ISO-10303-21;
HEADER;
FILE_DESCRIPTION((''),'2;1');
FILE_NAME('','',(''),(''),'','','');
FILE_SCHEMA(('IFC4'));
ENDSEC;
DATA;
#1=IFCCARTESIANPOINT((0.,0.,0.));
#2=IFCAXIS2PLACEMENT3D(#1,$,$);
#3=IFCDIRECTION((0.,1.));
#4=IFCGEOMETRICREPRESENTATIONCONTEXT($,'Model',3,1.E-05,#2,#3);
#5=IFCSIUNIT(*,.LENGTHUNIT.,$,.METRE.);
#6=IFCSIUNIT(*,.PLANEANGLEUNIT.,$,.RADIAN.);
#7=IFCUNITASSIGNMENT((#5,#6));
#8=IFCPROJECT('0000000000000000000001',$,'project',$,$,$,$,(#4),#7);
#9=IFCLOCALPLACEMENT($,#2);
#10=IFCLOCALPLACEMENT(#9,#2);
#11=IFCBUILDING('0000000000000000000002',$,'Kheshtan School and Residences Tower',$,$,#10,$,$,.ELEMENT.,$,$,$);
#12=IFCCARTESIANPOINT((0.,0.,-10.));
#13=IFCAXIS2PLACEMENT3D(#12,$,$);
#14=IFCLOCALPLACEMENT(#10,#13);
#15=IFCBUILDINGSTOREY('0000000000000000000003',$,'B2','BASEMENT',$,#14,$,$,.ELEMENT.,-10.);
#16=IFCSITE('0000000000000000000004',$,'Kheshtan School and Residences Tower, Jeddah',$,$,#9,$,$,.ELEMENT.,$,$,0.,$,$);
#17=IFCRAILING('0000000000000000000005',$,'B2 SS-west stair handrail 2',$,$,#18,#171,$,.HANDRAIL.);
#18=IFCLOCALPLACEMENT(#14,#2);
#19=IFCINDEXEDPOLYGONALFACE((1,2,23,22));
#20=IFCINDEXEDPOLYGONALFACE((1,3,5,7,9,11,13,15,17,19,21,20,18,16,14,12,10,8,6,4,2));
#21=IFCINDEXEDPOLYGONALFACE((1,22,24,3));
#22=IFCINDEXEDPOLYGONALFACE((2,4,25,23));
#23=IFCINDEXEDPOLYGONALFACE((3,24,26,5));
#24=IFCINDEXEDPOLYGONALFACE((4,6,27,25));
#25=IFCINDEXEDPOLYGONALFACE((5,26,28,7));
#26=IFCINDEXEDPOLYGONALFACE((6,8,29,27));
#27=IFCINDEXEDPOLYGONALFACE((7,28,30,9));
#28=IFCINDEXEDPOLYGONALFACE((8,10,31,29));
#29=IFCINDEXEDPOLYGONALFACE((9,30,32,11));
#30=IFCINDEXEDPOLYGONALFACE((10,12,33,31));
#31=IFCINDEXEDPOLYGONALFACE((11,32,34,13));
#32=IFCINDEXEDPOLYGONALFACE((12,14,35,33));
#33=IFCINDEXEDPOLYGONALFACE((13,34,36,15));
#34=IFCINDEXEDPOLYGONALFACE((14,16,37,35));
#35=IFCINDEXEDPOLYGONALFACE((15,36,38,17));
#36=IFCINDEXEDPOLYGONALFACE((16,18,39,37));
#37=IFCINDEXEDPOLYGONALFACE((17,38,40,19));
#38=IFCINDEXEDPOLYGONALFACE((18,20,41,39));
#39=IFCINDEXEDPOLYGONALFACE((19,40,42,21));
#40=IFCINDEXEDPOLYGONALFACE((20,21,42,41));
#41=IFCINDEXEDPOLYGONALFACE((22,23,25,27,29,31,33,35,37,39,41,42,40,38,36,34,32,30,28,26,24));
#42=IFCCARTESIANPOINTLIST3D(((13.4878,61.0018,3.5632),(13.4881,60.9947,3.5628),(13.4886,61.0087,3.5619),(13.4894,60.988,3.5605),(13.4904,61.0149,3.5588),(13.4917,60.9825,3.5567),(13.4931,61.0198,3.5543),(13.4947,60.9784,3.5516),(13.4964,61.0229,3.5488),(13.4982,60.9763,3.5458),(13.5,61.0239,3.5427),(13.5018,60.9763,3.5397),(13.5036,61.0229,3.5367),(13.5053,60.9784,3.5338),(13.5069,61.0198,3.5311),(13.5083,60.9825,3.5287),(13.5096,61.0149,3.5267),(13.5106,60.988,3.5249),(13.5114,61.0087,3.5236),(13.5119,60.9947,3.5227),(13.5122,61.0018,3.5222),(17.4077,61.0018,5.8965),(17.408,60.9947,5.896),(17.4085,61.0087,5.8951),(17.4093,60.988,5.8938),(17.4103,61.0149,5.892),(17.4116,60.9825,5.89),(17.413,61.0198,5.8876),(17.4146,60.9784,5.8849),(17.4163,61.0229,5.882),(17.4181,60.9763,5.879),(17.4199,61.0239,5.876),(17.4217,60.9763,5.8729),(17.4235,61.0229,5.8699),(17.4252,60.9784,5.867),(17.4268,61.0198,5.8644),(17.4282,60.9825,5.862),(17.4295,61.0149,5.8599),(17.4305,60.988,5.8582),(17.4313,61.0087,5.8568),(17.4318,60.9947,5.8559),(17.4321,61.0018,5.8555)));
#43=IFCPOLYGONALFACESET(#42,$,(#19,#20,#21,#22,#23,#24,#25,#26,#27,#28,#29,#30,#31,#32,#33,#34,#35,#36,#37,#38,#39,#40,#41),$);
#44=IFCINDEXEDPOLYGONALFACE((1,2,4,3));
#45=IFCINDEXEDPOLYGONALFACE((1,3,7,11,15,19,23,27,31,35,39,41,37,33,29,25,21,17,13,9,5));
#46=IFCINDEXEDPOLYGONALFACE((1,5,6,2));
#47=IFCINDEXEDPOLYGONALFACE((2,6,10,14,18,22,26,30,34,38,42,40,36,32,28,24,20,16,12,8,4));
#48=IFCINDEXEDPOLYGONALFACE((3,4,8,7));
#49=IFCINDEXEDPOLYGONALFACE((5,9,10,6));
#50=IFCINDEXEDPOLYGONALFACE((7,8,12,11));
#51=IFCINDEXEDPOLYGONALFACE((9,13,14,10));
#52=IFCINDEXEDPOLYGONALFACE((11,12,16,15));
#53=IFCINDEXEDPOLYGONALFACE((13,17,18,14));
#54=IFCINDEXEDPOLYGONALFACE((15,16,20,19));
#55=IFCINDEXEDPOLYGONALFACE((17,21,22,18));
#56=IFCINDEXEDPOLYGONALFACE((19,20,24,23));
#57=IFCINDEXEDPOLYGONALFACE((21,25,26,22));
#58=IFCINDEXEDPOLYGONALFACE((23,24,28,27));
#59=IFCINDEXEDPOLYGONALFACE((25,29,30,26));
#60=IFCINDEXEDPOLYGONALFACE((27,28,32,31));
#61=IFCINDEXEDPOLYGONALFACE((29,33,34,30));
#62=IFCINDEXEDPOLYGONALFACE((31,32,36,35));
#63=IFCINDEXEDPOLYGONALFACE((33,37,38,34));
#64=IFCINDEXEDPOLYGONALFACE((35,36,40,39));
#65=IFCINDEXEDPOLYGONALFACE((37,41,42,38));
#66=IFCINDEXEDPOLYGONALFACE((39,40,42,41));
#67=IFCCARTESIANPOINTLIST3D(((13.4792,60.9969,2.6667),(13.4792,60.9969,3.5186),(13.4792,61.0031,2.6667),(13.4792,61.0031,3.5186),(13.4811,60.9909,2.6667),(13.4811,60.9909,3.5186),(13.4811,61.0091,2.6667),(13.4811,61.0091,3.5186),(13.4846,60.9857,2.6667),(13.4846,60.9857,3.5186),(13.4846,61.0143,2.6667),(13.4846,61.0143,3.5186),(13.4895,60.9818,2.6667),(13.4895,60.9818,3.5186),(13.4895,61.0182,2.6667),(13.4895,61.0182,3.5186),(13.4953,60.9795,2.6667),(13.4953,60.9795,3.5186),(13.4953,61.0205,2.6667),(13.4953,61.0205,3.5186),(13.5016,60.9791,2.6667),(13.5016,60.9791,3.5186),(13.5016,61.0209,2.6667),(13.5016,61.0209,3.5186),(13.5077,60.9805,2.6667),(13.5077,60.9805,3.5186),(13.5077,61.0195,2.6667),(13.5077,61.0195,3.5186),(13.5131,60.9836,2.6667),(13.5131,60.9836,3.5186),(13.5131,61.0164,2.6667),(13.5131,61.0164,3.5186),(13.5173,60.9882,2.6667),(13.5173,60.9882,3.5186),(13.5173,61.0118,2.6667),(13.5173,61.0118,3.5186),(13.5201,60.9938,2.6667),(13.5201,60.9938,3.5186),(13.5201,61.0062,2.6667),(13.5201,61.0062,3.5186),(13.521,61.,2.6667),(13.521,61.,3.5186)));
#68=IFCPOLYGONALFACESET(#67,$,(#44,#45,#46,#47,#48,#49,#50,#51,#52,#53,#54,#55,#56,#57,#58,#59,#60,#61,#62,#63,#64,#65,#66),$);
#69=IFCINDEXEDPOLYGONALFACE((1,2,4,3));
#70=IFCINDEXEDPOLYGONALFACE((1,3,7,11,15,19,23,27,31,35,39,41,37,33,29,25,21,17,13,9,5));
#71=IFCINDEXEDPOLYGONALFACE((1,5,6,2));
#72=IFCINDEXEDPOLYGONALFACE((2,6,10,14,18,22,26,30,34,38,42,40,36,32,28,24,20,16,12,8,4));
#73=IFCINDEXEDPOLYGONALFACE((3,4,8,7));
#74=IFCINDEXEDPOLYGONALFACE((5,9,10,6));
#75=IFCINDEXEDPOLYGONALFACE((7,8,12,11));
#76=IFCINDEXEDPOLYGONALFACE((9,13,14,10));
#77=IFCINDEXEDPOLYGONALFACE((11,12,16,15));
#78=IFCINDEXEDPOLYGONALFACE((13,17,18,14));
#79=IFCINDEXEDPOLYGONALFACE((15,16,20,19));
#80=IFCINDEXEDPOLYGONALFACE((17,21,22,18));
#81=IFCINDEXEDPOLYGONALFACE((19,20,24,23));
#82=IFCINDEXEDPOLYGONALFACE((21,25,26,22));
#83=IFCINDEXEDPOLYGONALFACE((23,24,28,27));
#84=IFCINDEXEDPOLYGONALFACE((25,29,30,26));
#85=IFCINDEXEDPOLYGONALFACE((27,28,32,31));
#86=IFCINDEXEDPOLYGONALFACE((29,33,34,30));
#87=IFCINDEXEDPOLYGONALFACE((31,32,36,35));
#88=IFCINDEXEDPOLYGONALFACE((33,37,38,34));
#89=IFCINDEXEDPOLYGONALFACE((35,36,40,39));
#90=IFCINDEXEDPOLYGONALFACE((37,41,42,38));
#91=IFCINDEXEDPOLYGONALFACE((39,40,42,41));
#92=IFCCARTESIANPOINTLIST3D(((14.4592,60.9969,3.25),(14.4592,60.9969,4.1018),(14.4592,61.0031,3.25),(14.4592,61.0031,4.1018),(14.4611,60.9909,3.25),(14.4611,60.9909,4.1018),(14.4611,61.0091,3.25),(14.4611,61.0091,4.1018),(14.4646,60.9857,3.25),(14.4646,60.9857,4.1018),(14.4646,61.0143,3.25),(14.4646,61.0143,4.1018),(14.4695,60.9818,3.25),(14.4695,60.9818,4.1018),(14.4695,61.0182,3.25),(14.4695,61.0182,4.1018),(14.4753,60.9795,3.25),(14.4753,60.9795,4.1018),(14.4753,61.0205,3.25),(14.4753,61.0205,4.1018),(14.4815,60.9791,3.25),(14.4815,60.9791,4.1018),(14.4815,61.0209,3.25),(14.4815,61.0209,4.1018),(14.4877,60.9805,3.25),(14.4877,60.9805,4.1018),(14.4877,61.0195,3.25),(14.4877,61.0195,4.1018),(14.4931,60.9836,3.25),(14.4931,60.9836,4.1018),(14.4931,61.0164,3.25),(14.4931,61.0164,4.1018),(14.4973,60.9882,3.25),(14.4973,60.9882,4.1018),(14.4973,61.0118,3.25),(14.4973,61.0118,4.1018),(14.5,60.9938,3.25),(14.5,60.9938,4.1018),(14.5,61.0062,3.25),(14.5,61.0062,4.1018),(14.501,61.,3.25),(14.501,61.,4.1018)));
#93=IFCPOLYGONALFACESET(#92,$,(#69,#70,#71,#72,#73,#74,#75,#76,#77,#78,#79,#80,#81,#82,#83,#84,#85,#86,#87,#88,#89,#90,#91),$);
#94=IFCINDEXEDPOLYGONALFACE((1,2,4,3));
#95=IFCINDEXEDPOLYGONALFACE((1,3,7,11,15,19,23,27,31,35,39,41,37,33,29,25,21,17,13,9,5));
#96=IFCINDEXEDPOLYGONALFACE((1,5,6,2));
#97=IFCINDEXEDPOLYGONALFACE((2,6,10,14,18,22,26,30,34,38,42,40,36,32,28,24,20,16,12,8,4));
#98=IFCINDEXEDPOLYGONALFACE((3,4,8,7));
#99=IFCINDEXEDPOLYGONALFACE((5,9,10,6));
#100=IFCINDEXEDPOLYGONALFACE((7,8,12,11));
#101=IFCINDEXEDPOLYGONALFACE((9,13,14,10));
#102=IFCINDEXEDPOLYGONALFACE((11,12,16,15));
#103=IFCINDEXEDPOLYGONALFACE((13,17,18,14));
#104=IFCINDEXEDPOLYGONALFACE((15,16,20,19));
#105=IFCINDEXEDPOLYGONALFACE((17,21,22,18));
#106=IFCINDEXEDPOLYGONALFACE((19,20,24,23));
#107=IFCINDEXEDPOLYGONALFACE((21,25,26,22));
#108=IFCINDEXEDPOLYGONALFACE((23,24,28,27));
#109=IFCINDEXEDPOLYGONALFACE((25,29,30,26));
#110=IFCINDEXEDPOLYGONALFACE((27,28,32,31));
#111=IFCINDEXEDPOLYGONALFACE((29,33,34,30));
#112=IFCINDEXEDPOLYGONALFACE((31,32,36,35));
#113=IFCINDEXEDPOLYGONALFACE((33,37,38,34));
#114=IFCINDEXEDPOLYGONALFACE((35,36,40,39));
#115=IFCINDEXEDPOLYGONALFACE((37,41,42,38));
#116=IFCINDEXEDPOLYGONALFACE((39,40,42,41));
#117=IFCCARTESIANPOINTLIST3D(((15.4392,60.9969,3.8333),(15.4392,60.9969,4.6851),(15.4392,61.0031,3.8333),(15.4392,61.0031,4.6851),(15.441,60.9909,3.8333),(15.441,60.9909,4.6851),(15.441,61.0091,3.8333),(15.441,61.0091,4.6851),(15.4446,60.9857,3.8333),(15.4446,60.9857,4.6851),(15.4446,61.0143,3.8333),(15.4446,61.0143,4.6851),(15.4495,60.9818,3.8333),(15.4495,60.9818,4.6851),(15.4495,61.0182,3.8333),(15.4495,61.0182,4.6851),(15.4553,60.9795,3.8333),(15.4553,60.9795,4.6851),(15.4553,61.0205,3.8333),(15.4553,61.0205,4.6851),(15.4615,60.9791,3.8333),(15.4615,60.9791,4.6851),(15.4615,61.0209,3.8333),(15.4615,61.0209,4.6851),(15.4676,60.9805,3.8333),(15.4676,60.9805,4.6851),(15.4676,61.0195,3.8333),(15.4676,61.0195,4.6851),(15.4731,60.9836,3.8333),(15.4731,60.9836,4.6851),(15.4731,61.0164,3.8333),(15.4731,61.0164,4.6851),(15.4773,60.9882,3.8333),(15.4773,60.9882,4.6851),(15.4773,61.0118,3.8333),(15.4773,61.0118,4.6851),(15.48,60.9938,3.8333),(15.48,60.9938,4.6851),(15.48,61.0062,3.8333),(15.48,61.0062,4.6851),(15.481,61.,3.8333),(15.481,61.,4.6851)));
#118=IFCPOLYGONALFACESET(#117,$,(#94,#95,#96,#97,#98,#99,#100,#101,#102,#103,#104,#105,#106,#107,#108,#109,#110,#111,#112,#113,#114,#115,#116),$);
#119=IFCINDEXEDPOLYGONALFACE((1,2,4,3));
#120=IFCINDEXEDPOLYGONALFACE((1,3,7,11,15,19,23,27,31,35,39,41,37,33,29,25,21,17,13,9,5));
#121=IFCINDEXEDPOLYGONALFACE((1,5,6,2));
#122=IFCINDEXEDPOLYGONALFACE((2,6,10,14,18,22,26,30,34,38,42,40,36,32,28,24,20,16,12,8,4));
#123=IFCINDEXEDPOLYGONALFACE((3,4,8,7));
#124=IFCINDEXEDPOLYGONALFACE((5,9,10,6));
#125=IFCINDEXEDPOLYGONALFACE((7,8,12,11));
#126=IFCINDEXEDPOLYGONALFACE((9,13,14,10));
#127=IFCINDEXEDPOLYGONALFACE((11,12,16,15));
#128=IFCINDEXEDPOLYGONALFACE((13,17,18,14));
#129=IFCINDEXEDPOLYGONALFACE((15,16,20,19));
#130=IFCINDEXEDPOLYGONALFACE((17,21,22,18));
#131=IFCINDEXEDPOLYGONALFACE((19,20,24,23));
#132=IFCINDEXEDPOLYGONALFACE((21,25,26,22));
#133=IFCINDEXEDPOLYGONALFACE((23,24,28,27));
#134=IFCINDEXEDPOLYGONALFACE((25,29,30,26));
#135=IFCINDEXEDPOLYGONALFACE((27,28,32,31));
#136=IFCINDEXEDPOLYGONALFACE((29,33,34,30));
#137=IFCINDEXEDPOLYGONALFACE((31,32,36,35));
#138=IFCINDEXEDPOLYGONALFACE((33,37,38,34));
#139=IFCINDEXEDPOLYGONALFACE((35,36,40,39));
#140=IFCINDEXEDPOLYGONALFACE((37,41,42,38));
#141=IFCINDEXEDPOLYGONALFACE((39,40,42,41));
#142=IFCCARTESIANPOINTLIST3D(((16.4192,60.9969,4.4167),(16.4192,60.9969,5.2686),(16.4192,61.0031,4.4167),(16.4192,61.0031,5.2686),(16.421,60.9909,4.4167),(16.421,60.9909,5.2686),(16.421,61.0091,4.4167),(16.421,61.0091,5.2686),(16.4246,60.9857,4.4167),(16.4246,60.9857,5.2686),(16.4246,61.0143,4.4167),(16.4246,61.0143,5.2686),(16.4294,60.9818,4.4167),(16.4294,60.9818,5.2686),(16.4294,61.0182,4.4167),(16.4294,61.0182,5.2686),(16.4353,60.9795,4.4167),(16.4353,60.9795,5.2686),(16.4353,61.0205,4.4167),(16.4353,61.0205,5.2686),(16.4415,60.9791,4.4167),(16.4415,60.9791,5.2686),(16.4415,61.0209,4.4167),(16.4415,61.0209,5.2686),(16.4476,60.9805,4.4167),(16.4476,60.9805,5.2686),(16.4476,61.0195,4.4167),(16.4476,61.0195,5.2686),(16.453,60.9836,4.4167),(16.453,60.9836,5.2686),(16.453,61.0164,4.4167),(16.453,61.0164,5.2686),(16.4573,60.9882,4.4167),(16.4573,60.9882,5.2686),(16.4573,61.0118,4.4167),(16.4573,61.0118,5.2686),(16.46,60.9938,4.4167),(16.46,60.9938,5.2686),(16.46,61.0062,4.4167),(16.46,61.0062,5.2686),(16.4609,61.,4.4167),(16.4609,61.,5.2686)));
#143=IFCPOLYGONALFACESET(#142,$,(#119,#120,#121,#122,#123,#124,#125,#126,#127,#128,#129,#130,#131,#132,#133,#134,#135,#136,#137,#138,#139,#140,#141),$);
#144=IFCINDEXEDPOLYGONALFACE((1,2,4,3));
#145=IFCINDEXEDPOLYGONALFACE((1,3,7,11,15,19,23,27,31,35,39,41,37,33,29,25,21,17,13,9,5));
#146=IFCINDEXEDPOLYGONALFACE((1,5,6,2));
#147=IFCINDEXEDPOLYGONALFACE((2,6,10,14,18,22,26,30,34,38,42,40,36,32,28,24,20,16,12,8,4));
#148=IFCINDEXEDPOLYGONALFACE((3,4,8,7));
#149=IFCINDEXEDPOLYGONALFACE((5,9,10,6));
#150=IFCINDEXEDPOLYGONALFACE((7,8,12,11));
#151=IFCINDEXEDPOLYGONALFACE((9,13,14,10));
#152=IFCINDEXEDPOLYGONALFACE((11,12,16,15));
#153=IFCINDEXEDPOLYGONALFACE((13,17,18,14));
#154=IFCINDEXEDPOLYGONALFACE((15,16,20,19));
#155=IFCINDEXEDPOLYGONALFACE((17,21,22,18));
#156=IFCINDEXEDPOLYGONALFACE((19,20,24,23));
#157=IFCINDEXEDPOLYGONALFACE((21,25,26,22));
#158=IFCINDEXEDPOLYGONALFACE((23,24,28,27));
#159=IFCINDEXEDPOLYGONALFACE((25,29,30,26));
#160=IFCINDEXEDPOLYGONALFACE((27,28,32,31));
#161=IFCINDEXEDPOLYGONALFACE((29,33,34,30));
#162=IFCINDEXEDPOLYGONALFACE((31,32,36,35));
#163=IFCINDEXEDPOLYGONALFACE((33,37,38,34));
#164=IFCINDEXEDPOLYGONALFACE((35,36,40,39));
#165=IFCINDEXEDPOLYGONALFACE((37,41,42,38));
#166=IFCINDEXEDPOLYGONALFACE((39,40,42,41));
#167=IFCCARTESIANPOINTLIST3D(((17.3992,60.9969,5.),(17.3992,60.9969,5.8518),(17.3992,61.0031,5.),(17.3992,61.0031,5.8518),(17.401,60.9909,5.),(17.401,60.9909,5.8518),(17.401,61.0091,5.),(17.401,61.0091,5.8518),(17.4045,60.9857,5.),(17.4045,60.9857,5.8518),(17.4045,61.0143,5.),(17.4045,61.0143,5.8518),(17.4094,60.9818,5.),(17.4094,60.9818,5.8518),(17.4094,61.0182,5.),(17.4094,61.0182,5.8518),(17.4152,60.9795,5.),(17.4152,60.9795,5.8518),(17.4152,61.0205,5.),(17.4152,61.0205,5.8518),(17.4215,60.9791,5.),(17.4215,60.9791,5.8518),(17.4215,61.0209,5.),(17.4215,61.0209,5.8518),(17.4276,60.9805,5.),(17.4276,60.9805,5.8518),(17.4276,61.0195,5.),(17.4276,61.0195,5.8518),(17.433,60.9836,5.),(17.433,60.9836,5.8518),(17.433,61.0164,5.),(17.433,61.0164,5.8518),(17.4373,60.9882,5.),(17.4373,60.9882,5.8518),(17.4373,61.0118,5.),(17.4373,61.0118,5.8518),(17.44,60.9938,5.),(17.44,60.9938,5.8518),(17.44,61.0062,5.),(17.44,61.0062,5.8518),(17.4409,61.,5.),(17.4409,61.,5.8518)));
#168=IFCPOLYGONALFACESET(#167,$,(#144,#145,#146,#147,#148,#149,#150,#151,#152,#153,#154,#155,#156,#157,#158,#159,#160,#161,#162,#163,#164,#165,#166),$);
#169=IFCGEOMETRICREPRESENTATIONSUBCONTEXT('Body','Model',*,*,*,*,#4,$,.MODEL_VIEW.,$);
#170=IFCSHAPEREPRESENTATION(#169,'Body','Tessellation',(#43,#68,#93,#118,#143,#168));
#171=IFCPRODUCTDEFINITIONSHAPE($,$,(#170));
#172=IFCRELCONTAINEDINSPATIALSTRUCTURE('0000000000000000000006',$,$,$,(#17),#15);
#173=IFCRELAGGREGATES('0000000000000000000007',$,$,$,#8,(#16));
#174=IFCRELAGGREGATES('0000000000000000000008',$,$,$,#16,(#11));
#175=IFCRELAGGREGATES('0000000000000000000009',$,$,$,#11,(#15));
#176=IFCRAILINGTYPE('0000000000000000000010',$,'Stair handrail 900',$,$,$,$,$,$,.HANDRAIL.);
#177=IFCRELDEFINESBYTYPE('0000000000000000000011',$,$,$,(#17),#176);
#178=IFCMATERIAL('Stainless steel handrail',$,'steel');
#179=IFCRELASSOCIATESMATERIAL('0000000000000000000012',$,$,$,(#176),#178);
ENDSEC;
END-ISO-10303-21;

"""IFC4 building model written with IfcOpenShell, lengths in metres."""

from ifc_helpers import new_model, si_unit, direction, frame, origin, origin_2d, place, context, subcontext, project, spatial, circle, extrude, material, type_object, element, save


model = new_model("IFC4")

# Units and contexts
model_context = context("Model", 3, precision=1e-05, world=origin(), true_north=direction((0.0, 1.0)))
body_context = subcontext(model_context, "Body", "Model", "MODEL_VIEW")
ifc_project = project(units=[si_unit("LENGTHUNIT", "METRE"), si_unit("PLANEANGLEUNIT", "RADIAN")], contexts=[model_context])

# Site, building, storey
site_placement = place(None, origin())
site = spatial("IfcSite", under=ifc_project, at=site_placement, Name="Kheshtan School and Residences Tower, Jeddah", CompositionType="ELEMENT", RefElevation=0.0)
building_placement = place(site_placement, origin())
building = spatial("IfcBuilding", under=site, at=building_placement, Name="Kheshtan School and Residences Tower", CompositionType="ELEMENT")
storey_placement = place(building_placement, frame((0.0, 0.0, -10.0)))
storey = spatial("IfcBuildingStorey", under=building, at=storey_placement, Name="B2", Description="BASEMENT", CompositionType="ELEMENT", Elevation=-10.0)

# Railing
ifc_material_1 = material(Name="Stainless steel handrail", Category="steel")
railing_type_1 = type_object("IfcRailingType", Name="Stair handrail 900", PredefinedType="HANDRAIL", material=ifc_material_1)
railing_1_placement = place(storey_placement, frame((13.5, 61.0, 2.6667)))
element("IfcRailing", 1, at=railing_1_placement, inside=storey, type_object=railing_type_1, Name="B2 SS-west stair handrail 2", PredefinedType="HANDRAIL", context=body_context, shape_type="SweptSolid", body=[
    extrude(circle(Radius=0.0239, at=origin_2d()), frame((0.0, 0.0, 0.876), z_axis=(0.859296, 0.0, 0.511478), x_axis=(0.0, 1.0, 0.0)), (0.0, 0.0, 1.0), 4.5618),
    extrude(circle(Radius=0.021, at=origin_2d()), origin(), (0.0, 0.0, 1.0), 0.8518),
    extrude(circle(Radius=0.021, at=origin_2d()), frame((0.98, 0.0, 0.5833)), (0.0, 0.0, 1.0), 0.8518),
    extrude(circle(Radius=0.021, at=origin_2d()), frame((1.96, 0.0, 1.1665)), (0.0, 0.0, 1.0), 0.8518),
    extrude(circle(Radius=0.021, at=origin_2d()), frame((2.9399, 0.0, 1.75)), (0.0, 0.0, 1.0), 0.8518),
    extrude(circle(Radius=0.021, at=origin_2d()), frame((3.9199, 0.0, 2.3333)), (0.0, 0.0, 1.0), 0.8518),
])

save(model, "model.ifc")
